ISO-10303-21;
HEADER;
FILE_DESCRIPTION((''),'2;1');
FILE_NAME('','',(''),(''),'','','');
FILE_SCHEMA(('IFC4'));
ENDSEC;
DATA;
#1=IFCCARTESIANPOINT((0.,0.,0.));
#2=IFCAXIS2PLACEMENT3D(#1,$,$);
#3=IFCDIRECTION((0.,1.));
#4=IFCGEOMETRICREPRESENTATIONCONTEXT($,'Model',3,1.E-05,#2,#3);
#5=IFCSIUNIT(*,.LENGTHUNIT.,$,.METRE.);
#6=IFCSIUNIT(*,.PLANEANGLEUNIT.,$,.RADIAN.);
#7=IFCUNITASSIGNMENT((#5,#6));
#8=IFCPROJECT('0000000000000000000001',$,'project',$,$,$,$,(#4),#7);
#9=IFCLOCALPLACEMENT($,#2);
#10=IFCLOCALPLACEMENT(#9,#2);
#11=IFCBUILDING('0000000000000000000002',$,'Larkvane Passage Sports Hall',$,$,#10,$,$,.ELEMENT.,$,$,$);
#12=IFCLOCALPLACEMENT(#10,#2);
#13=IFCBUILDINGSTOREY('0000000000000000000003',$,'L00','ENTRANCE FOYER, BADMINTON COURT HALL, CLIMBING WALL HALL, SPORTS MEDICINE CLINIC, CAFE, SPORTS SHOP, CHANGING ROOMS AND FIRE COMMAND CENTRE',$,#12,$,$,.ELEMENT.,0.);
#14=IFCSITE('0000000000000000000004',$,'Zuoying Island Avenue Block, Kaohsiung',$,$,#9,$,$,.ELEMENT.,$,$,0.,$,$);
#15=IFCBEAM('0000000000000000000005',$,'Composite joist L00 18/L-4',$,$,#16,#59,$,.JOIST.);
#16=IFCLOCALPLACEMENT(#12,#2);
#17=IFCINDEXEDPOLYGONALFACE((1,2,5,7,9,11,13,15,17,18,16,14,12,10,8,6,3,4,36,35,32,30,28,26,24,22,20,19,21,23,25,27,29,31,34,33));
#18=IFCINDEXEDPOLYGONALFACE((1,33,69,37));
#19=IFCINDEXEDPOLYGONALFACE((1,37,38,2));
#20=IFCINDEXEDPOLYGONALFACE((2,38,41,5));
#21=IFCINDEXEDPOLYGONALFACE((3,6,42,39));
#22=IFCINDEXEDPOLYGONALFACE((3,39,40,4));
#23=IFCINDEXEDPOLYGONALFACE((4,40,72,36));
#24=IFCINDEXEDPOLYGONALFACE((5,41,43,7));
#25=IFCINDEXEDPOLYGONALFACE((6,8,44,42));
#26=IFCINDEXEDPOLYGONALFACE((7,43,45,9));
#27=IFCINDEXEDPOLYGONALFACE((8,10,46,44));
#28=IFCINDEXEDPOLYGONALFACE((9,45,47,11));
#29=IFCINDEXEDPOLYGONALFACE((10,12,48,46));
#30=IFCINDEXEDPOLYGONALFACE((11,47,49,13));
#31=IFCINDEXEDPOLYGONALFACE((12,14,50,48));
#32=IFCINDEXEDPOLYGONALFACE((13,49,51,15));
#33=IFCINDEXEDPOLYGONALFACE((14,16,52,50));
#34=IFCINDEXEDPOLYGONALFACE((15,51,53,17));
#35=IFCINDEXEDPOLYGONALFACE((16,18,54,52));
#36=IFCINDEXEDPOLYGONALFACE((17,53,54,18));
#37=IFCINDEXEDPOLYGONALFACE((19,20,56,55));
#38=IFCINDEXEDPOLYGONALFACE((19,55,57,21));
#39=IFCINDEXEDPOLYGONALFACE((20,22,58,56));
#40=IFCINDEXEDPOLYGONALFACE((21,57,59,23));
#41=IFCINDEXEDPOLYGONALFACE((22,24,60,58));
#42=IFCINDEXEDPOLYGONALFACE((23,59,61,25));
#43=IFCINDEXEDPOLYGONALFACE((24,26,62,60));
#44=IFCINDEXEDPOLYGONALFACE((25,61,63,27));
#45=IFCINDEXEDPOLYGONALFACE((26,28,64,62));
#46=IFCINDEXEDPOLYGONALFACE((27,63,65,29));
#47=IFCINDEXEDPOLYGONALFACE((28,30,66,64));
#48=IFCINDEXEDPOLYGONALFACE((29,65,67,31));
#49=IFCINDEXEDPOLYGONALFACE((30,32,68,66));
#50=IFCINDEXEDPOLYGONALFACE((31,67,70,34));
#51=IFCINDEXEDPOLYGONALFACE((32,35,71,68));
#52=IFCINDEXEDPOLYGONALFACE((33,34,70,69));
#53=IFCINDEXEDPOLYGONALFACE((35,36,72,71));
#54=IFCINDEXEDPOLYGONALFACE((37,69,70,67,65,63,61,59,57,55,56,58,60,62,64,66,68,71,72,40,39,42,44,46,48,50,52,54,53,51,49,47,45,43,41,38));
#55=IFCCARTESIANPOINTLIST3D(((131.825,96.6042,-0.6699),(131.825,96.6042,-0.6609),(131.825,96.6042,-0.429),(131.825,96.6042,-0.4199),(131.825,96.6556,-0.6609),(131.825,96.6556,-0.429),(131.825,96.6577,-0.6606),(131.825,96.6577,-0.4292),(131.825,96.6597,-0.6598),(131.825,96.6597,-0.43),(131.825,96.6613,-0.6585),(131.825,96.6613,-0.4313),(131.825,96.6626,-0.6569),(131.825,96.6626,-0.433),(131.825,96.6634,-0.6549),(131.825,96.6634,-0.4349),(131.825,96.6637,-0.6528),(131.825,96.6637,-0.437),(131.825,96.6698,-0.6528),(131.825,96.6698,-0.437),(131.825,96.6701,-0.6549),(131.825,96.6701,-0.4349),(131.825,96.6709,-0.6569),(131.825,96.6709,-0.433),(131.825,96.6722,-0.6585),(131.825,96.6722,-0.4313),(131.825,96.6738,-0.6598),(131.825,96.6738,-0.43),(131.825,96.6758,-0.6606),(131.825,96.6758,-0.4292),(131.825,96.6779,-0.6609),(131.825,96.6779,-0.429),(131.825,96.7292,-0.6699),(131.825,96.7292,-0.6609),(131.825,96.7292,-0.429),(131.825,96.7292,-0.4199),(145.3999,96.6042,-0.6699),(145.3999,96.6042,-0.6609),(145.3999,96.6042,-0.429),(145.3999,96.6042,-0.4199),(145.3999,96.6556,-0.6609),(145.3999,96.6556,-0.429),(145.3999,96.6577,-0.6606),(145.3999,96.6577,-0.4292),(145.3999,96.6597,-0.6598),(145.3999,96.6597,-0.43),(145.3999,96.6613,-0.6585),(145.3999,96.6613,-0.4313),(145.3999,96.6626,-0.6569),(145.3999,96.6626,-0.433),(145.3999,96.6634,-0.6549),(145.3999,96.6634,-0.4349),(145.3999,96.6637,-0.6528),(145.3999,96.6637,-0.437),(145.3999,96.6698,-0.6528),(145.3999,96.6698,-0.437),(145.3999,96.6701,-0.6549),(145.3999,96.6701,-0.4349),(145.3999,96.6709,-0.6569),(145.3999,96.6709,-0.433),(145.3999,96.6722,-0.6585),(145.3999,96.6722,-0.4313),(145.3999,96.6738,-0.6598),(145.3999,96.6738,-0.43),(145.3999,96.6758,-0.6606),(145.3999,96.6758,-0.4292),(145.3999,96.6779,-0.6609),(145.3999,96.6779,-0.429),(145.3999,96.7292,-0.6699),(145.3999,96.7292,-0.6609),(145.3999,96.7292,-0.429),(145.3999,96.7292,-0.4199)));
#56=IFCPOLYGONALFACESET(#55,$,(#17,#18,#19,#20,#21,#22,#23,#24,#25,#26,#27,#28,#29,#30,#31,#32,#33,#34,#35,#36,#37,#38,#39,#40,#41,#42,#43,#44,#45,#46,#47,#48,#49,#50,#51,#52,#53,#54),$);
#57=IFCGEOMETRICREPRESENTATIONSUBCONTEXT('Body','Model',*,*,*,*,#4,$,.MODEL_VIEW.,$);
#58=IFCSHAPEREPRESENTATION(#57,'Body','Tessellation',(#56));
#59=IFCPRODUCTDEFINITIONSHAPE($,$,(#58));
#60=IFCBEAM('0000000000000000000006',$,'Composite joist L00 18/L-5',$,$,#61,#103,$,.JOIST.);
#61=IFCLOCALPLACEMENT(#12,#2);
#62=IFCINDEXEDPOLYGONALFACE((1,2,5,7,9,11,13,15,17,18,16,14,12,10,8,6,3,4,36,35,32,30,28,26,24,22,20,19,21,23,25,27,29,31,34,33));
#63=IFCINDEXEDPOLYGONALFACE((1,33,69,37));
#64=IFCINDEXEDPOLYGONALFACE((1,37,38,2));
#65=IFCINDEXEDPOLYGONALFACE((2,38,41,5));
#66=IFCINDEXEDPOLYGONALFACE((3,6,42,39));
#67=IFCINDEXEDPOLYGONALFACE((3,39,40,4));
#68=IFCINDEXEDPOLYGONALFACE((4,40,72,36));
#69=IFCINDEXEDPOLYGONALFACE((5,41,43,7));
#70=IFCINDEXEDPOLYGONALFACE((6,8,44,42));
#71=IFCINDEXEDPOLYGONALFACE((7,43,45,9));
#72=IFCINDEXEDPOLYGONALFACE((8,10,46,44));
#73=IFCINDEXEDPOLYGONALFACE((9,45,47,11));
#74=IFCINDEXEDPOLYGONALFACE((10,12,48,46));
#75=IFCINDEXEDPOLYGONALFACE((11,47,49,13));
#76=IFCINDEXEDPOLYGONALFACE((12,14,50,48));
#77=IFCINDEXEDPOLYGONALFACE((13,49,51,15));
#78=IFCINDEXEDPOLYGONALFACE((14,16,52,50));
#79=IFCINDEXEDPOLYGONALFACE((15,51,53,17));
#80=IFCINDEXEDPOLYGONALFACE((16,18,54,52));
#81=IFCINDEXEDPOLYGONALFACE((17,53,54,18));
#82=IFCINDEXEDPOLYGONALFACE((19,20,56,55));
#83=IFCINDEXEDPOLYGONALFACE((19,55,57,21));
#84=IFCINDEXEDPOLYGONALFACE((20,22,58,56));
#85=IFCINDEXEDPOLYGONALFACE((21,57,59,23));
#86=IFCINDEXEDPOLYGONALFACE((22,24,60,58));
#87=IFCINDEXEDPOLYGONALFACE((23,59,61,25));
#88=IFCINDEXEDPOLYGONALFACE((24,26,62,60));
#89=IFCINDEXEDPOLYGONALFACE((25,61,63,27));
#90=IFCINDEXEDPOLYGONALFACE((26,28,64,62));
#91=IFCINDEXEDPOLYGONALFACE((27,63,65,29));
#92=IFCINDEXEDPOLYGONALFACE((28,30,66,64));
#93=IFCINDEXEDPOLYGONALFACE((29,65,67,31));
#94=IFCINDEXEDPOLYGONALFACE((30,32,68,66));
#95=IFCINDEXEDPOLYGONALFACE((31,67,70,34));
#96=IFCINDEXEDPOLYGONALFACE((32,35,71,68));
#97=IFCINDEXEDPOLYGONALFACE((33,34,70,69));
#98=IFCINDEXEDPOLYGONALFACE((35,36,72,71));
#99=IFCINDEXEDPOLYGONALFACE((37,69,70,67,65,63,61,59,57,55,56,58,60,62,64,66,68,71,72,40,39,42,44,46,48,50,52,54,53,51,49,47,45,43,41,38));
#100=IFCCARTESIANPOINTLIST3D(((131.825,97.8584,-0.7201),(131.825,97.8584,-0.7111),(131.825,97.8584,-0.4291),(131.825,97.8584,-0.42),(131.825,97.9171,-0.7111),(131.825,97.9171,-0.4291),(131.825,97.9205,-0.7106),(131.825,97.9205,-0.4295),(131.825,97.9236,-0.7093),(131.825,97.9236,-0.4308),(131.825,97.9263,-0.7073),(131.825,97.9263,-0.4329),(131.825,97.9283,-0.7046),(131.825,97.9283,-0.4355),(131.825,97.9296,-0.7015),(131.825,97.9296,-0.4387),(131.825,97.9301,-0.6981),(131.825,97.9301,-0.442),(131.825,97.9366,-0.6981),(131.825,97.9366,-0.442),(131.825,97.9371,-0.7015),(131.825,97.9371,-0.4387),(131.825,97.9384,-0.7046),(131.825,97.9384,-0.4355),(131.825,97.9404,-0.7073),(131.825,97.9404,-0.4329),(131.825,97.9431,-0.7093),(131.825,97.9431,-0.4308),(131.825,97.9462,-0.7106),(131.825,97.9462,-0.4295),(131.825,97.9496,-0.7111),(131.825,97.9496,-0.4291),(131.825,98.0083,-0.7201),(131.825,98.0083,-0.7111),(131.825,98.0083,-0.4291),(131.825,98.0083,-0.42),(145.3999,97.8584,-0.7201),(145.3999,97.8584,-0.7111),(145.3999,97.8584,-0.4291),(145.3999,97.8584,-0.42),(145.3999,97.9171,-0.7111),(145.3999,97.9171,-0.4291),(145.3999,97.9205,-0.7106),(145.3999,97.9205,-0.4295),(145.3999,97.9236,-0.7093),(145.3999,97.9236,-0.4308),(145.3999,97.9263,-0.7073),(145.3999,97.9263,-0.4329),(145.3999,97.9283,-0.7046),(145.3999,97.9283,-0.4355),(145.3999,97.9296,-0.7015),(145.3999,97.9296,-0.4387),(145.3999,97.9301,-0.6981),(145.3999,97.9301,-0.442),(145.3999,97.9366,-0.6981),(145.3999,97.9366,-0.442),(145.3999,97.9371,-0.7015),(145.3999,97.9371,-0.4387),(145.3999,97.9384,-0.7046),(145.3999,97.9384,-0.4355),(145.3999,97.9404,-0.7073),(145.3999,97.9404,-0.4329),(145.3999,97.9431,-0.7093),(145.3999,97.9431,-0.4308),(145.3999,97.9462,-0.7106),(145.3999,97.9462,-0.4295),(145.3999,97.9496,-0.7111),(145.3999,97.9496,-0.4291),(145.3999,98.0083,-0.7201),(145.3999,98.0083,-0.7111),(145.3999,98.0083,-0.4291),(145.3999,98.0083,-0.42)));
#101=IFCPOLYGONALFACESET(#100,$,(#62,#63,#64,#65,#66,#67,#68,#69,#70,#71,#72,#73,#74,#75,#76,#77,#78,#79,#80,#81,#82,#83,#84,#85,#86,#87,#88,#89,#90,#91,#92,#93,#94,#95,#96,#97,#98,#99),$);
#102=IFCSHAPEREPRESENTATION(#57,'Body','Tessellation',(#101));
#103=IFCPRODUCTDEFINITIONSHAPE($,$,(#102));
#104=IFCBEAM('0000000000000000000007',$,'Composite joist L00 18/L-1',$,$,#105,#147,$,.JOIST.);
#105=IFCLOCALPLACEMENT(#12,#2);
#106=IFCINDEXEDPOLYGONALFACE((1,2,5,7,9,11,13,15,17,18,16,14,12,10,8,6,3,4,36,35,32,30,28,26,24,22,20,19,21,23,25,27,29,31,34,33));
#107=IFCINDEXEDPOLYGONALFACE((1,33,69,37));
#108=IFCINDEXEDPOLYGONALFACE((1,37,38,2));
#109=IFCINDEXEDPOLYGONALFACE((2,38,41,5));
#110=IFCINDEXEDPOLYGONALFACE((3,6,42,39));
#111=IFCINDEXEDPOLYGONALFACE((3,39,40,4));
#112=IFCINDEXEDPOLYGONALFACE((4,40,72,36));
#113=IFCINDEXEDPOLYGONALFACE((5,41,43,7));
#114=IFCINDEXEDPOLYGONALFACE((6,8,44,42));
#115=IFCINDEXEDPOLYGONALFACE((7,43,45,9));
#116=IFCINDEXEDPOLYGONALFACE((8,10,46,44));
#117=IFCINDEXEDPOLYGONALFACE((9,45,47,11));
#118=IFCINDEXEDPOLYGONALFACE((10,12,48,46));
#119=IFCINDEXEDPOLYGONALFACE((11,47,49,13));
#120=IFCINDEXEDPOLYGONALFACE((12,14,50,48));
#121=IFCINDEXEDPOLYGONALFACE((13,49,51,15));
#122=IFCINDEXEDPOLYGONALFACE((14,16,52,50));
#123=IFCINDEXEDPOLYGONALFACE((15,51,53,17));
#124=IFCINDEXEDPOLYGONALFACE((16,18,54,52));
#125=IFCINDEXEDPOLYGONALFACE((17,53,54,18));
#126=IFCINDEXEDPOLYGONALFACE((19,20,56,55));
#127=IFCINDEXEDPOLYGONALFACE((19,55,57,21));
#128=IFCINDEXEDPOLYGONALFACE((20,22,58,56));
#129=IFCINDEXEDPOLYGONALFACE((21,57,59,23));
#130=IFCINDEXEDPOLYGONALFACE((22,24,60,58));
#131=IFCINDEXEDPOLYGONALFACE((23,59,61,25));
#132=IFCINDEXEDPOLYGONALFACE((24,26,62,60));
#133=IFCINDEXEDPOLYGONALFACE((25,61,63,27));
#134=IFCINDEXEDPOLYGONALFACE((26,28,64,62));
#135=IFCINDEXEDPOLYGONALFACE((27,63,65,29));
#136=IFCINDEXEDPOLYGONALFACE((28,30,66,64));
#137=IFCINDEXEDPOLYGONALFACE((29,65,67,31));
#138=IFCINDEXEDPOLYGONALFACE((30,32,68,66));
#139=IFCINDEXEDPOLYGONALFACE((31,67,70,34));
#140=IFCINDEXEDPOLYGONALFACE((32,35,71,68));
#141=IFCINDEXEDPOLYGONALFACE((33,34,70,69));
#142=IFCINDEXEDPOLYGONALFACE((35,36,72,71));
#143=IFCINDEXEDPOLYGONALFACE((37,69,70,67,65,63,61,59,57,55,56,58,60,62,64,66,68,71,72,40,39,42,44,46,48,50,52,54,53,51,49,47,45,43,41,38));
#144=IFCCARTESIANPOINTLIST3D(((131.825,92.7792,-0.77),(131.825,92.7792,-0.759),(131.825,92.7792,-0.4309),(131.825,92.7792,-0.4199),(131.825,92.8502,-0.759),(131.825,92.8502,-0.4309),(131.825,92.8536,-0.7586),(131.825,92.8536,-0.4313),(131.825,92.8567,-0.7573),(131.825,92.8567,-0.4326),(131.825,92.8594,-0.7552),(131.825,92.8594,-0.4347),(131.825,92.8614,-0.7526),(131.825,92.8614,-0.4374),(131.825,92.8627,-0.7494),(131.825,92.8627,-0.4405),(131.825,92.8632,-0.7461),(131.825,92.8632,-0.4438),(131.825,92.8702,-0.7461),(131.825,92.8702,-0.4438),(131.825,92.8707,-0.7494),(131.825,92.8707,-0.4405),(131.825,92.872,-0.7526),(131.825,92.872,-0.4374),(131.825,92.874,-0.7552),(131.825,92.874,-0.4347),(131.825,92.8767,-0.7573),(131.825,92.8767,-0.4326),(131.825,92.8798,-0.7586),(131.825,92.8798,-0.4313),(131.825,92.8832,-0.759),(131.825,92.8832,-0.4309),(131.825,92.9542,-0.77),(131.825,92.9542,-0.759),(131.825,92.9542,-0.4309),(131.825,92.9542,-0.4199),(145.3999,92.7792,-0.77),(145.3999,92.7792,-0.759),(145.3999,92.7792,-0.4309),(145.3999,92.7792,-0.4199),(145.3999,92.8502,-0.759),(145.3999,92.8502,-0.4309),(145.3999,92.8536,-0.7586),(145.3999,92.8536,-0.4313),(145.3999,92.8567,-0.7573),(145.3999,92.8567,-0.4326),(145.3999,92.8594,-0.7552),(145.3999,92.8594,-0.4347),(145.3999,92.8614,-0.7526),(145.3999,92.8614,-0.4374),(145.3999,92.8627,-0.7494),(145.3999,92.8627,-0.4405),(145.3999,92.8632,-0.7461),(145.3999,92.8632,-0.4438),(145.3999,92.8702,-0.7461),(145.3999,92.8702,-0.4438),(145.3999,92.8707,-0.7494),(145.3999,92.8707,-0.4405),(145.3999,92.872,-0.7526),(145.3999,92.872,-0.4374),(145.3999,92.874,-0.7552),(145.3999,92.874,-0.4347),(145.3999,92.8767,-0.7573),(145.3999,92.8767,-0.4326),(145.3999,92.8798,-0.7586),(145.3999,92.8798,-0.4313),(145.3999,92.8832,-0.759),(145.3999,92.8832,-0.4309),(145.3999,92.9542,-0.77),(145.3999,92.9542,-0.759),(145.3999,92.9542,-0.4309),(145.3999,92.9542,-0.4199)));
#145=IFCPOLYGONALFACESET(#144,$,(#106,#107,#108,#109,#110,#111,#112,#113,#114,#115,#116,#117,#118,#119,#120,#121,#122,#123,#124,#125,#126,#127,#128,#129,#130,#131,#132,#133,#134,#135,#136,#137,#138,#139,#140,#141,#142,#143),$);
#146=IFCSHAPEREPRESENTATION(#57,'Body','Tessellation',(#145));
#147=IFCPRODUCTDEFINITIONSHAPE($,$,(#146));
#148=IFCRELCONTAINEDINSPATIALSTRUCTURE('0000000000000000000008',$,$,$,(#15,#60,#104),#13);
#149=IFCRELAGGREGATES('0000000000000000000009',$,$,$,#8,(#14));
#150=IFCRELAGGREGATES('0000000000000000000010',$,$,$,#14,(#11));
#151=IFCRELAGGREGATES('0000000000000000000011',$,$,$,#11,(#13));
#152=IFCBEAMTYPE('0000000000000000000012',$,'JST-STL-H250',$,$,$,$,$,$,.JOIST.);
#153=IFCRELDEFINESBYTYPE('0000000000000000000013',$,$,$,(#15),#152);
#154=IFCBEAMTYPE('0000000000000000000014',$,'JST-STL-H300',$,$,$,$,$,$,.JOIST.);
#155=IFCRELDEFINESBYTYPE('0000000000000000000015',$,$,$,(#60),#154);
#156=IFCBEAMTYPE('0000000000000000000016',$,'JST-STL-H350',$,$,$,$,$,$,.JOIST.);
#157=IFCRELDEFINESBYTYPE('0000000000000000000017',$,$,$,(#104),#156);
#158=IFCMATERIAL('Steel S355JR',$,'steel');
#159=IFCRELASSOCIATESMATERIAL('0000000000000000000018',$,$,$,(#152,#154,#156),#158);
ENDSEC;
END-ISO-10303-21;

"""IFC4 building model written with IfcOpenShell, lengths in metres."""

from ifc_helpers import new_model, si_unit, direction, frame, origin, origin_2d, place, context, subcontext, project, spatial, i_section, extrude, material, material_profile, profile_set, type_object, element, save


model = new_model("IFC4")

# Units and contexts
model_context = context("Model", 3, precision=1e-05, world=origin(), true_north=direction((0.0, 1.0)))
body_context = subcontext(model_context, "Body", "Model", "MODEL_VIEW")
ifc_project = project(units=[si_unit("LENGTHUNIT", "METRE"), si_unit("PLANEANGLEUNIT", "RADIAN")], contexts=[model_context])

# Site, building, storey
site_placement = place(None, origin())
site = spatial("IfcSite", under=ifc_project, at=site_placement, Name="Zuoying Island Avenue Block, Kaohsiung", CompositionType="ELEMENT", RefElevation=0.0)
building_placement = place(site_placement, origin())
building = spatial("IfcBuilding", under=site, at=building_placement, Name="Larkvane Passage Sports Hall", CompositionType="ELEMENT")
storey_placement = place(building_placement, origin())
storey = spatial("IfcBuildingStorey", under=building, at=storey_placement, Name="L00", Description="ENTRANCE FOYER, BADMINTON COURT HALL, CLIMBING WALL HALL, SPORTS MEDICINE CLINIC, CAFE, SPORTS SHOP, CHANGING ROOMS AND FIRE COMMAND CENTRE", CompositionType="ELEMENT", Elevation=0.0)

# Beams
ifc_material_1 = material(Name="Steel S355JR", Category="steel")
ifc_material_profile_1 = material_profile(ifc_material_1, i_section(OverallWidth=0.125, OverallDepth=0.25, WebThickness=0.0061, FlangeThickness=0.009, FilletRadius=0.0081, at=origin_2d()), Name="H-250x125x6x9")
ifc_profile_set_1 = profile_set([ifc_material_profile_1], Name="Steel S355JR")
beam_type_1 = type_object("IfcBeamType", Name="JST-STL-H250", PredefinedType="JOIST", material=ifc_profile_set_1)
beam_1_placement = place(storey_placement, frame((131.825, 96.6667, -0.5449), z_axis=(1.0, 0.0, 0.0), x_axis=(0.0, 1.0, 0.0)))
element("IfcBeam", 1, at=beam_1_placement, inside=storey, type_object=beam_type_1, Name="Composite joist L00 18/L-4", PredefinedType="JOIST", context=body_context, shape_type="SweptSolid", body=[
    extrude(i_section(OverallWidth=0.125, OverallDepth=0.25, WebThickness=0.0061, FlangeThickness=0.009, FilletRadius=0.0081, at=origin_2d()), origin(), (0.0, 0.0, 1.0), 13.575),
])
ifc_material_profile_2 = material_profile(ifc_material_1, i_section(OverallWidth=0.1499, OverallDepth=0.3, WebThickness=0.0066, FlangeThickness=0.009, FilletRadius=0.0129, at=origin_2d()), Name="H-300x150x6.5x9")
ifc_profile_set_2 = profile_set([ifc_material_profile_2], Name="Steel S355JR")
beam_type_2 = type_object("IfcBeamType", Name="JST-STL-H300", PredefinedType="JOIST", material=ifc_profile_set_2)
beam_2_placement = place(storey_placement, frame((131.825, 97.9333, -0.5701), z_axis=(1.0, 0.0, 0.0), x_axis=(0.0, 1.0, 0.0)))
element("IfcBeam", 2, at=beam_2_placement, inside=storey, type_object=beam_type_2, Name="Composite joist L00 18/L-5", PredefinedType="JOIST", context=body_context, shape_type="SweptSolid", body=[
    extrude(i_section(OverallWidth=0.1499, OverallDepth=0.3, WebThickness=0.0066, FlangeThickness=0.009, FilletRadius=0.0129, at=origin_2d()), origin(), (0.0, 0.0, 1.0), 13.575),
])
ifc_material_profile_3 = material_profile(ifc_material_1, i_section(OverallWidth=0.175, OverallDepth=0.3501, WebThickness=0.0071, FlangeThickness=0.011, FilletRadius=0.0129, at=origin_2d()), Name="H-350x175x7x11")
ifc_profile_set_3 = profile_set([ifc_material_profile_3], Name="Steel S355JR")
beam_type_3 = type_object("IfcBeamType", Name="JST-STL-H350", PredefinedType="JOIST", material=ifc_profile_set_3)
beam_3_placement = place(storey_placement, frame((131.825, 92.8667, -0.595), z_axis=(1.0, 0.0, 0.0), x_axis=(0.0, 1.0, 0.0)))
element("IfcBeam", 3, at=beam_3_placement, inside=storey, type_object=beam_type_3, Name="Composite joist L00 18/L-1", PredefinedType="JOIST", context=body_context, shape_type="SweptSolid", body=[
    extrude(i_section(OverallWidth=0.175, OverallDepth=0.3501, WebThickness=0.0071, FlangeThickness=0.011, FilletRadius=0.0129, at=origin_2d()), origin(), (0.0, 0.0, 1.0), 13.575),
])

save(model, "model.ifc")
